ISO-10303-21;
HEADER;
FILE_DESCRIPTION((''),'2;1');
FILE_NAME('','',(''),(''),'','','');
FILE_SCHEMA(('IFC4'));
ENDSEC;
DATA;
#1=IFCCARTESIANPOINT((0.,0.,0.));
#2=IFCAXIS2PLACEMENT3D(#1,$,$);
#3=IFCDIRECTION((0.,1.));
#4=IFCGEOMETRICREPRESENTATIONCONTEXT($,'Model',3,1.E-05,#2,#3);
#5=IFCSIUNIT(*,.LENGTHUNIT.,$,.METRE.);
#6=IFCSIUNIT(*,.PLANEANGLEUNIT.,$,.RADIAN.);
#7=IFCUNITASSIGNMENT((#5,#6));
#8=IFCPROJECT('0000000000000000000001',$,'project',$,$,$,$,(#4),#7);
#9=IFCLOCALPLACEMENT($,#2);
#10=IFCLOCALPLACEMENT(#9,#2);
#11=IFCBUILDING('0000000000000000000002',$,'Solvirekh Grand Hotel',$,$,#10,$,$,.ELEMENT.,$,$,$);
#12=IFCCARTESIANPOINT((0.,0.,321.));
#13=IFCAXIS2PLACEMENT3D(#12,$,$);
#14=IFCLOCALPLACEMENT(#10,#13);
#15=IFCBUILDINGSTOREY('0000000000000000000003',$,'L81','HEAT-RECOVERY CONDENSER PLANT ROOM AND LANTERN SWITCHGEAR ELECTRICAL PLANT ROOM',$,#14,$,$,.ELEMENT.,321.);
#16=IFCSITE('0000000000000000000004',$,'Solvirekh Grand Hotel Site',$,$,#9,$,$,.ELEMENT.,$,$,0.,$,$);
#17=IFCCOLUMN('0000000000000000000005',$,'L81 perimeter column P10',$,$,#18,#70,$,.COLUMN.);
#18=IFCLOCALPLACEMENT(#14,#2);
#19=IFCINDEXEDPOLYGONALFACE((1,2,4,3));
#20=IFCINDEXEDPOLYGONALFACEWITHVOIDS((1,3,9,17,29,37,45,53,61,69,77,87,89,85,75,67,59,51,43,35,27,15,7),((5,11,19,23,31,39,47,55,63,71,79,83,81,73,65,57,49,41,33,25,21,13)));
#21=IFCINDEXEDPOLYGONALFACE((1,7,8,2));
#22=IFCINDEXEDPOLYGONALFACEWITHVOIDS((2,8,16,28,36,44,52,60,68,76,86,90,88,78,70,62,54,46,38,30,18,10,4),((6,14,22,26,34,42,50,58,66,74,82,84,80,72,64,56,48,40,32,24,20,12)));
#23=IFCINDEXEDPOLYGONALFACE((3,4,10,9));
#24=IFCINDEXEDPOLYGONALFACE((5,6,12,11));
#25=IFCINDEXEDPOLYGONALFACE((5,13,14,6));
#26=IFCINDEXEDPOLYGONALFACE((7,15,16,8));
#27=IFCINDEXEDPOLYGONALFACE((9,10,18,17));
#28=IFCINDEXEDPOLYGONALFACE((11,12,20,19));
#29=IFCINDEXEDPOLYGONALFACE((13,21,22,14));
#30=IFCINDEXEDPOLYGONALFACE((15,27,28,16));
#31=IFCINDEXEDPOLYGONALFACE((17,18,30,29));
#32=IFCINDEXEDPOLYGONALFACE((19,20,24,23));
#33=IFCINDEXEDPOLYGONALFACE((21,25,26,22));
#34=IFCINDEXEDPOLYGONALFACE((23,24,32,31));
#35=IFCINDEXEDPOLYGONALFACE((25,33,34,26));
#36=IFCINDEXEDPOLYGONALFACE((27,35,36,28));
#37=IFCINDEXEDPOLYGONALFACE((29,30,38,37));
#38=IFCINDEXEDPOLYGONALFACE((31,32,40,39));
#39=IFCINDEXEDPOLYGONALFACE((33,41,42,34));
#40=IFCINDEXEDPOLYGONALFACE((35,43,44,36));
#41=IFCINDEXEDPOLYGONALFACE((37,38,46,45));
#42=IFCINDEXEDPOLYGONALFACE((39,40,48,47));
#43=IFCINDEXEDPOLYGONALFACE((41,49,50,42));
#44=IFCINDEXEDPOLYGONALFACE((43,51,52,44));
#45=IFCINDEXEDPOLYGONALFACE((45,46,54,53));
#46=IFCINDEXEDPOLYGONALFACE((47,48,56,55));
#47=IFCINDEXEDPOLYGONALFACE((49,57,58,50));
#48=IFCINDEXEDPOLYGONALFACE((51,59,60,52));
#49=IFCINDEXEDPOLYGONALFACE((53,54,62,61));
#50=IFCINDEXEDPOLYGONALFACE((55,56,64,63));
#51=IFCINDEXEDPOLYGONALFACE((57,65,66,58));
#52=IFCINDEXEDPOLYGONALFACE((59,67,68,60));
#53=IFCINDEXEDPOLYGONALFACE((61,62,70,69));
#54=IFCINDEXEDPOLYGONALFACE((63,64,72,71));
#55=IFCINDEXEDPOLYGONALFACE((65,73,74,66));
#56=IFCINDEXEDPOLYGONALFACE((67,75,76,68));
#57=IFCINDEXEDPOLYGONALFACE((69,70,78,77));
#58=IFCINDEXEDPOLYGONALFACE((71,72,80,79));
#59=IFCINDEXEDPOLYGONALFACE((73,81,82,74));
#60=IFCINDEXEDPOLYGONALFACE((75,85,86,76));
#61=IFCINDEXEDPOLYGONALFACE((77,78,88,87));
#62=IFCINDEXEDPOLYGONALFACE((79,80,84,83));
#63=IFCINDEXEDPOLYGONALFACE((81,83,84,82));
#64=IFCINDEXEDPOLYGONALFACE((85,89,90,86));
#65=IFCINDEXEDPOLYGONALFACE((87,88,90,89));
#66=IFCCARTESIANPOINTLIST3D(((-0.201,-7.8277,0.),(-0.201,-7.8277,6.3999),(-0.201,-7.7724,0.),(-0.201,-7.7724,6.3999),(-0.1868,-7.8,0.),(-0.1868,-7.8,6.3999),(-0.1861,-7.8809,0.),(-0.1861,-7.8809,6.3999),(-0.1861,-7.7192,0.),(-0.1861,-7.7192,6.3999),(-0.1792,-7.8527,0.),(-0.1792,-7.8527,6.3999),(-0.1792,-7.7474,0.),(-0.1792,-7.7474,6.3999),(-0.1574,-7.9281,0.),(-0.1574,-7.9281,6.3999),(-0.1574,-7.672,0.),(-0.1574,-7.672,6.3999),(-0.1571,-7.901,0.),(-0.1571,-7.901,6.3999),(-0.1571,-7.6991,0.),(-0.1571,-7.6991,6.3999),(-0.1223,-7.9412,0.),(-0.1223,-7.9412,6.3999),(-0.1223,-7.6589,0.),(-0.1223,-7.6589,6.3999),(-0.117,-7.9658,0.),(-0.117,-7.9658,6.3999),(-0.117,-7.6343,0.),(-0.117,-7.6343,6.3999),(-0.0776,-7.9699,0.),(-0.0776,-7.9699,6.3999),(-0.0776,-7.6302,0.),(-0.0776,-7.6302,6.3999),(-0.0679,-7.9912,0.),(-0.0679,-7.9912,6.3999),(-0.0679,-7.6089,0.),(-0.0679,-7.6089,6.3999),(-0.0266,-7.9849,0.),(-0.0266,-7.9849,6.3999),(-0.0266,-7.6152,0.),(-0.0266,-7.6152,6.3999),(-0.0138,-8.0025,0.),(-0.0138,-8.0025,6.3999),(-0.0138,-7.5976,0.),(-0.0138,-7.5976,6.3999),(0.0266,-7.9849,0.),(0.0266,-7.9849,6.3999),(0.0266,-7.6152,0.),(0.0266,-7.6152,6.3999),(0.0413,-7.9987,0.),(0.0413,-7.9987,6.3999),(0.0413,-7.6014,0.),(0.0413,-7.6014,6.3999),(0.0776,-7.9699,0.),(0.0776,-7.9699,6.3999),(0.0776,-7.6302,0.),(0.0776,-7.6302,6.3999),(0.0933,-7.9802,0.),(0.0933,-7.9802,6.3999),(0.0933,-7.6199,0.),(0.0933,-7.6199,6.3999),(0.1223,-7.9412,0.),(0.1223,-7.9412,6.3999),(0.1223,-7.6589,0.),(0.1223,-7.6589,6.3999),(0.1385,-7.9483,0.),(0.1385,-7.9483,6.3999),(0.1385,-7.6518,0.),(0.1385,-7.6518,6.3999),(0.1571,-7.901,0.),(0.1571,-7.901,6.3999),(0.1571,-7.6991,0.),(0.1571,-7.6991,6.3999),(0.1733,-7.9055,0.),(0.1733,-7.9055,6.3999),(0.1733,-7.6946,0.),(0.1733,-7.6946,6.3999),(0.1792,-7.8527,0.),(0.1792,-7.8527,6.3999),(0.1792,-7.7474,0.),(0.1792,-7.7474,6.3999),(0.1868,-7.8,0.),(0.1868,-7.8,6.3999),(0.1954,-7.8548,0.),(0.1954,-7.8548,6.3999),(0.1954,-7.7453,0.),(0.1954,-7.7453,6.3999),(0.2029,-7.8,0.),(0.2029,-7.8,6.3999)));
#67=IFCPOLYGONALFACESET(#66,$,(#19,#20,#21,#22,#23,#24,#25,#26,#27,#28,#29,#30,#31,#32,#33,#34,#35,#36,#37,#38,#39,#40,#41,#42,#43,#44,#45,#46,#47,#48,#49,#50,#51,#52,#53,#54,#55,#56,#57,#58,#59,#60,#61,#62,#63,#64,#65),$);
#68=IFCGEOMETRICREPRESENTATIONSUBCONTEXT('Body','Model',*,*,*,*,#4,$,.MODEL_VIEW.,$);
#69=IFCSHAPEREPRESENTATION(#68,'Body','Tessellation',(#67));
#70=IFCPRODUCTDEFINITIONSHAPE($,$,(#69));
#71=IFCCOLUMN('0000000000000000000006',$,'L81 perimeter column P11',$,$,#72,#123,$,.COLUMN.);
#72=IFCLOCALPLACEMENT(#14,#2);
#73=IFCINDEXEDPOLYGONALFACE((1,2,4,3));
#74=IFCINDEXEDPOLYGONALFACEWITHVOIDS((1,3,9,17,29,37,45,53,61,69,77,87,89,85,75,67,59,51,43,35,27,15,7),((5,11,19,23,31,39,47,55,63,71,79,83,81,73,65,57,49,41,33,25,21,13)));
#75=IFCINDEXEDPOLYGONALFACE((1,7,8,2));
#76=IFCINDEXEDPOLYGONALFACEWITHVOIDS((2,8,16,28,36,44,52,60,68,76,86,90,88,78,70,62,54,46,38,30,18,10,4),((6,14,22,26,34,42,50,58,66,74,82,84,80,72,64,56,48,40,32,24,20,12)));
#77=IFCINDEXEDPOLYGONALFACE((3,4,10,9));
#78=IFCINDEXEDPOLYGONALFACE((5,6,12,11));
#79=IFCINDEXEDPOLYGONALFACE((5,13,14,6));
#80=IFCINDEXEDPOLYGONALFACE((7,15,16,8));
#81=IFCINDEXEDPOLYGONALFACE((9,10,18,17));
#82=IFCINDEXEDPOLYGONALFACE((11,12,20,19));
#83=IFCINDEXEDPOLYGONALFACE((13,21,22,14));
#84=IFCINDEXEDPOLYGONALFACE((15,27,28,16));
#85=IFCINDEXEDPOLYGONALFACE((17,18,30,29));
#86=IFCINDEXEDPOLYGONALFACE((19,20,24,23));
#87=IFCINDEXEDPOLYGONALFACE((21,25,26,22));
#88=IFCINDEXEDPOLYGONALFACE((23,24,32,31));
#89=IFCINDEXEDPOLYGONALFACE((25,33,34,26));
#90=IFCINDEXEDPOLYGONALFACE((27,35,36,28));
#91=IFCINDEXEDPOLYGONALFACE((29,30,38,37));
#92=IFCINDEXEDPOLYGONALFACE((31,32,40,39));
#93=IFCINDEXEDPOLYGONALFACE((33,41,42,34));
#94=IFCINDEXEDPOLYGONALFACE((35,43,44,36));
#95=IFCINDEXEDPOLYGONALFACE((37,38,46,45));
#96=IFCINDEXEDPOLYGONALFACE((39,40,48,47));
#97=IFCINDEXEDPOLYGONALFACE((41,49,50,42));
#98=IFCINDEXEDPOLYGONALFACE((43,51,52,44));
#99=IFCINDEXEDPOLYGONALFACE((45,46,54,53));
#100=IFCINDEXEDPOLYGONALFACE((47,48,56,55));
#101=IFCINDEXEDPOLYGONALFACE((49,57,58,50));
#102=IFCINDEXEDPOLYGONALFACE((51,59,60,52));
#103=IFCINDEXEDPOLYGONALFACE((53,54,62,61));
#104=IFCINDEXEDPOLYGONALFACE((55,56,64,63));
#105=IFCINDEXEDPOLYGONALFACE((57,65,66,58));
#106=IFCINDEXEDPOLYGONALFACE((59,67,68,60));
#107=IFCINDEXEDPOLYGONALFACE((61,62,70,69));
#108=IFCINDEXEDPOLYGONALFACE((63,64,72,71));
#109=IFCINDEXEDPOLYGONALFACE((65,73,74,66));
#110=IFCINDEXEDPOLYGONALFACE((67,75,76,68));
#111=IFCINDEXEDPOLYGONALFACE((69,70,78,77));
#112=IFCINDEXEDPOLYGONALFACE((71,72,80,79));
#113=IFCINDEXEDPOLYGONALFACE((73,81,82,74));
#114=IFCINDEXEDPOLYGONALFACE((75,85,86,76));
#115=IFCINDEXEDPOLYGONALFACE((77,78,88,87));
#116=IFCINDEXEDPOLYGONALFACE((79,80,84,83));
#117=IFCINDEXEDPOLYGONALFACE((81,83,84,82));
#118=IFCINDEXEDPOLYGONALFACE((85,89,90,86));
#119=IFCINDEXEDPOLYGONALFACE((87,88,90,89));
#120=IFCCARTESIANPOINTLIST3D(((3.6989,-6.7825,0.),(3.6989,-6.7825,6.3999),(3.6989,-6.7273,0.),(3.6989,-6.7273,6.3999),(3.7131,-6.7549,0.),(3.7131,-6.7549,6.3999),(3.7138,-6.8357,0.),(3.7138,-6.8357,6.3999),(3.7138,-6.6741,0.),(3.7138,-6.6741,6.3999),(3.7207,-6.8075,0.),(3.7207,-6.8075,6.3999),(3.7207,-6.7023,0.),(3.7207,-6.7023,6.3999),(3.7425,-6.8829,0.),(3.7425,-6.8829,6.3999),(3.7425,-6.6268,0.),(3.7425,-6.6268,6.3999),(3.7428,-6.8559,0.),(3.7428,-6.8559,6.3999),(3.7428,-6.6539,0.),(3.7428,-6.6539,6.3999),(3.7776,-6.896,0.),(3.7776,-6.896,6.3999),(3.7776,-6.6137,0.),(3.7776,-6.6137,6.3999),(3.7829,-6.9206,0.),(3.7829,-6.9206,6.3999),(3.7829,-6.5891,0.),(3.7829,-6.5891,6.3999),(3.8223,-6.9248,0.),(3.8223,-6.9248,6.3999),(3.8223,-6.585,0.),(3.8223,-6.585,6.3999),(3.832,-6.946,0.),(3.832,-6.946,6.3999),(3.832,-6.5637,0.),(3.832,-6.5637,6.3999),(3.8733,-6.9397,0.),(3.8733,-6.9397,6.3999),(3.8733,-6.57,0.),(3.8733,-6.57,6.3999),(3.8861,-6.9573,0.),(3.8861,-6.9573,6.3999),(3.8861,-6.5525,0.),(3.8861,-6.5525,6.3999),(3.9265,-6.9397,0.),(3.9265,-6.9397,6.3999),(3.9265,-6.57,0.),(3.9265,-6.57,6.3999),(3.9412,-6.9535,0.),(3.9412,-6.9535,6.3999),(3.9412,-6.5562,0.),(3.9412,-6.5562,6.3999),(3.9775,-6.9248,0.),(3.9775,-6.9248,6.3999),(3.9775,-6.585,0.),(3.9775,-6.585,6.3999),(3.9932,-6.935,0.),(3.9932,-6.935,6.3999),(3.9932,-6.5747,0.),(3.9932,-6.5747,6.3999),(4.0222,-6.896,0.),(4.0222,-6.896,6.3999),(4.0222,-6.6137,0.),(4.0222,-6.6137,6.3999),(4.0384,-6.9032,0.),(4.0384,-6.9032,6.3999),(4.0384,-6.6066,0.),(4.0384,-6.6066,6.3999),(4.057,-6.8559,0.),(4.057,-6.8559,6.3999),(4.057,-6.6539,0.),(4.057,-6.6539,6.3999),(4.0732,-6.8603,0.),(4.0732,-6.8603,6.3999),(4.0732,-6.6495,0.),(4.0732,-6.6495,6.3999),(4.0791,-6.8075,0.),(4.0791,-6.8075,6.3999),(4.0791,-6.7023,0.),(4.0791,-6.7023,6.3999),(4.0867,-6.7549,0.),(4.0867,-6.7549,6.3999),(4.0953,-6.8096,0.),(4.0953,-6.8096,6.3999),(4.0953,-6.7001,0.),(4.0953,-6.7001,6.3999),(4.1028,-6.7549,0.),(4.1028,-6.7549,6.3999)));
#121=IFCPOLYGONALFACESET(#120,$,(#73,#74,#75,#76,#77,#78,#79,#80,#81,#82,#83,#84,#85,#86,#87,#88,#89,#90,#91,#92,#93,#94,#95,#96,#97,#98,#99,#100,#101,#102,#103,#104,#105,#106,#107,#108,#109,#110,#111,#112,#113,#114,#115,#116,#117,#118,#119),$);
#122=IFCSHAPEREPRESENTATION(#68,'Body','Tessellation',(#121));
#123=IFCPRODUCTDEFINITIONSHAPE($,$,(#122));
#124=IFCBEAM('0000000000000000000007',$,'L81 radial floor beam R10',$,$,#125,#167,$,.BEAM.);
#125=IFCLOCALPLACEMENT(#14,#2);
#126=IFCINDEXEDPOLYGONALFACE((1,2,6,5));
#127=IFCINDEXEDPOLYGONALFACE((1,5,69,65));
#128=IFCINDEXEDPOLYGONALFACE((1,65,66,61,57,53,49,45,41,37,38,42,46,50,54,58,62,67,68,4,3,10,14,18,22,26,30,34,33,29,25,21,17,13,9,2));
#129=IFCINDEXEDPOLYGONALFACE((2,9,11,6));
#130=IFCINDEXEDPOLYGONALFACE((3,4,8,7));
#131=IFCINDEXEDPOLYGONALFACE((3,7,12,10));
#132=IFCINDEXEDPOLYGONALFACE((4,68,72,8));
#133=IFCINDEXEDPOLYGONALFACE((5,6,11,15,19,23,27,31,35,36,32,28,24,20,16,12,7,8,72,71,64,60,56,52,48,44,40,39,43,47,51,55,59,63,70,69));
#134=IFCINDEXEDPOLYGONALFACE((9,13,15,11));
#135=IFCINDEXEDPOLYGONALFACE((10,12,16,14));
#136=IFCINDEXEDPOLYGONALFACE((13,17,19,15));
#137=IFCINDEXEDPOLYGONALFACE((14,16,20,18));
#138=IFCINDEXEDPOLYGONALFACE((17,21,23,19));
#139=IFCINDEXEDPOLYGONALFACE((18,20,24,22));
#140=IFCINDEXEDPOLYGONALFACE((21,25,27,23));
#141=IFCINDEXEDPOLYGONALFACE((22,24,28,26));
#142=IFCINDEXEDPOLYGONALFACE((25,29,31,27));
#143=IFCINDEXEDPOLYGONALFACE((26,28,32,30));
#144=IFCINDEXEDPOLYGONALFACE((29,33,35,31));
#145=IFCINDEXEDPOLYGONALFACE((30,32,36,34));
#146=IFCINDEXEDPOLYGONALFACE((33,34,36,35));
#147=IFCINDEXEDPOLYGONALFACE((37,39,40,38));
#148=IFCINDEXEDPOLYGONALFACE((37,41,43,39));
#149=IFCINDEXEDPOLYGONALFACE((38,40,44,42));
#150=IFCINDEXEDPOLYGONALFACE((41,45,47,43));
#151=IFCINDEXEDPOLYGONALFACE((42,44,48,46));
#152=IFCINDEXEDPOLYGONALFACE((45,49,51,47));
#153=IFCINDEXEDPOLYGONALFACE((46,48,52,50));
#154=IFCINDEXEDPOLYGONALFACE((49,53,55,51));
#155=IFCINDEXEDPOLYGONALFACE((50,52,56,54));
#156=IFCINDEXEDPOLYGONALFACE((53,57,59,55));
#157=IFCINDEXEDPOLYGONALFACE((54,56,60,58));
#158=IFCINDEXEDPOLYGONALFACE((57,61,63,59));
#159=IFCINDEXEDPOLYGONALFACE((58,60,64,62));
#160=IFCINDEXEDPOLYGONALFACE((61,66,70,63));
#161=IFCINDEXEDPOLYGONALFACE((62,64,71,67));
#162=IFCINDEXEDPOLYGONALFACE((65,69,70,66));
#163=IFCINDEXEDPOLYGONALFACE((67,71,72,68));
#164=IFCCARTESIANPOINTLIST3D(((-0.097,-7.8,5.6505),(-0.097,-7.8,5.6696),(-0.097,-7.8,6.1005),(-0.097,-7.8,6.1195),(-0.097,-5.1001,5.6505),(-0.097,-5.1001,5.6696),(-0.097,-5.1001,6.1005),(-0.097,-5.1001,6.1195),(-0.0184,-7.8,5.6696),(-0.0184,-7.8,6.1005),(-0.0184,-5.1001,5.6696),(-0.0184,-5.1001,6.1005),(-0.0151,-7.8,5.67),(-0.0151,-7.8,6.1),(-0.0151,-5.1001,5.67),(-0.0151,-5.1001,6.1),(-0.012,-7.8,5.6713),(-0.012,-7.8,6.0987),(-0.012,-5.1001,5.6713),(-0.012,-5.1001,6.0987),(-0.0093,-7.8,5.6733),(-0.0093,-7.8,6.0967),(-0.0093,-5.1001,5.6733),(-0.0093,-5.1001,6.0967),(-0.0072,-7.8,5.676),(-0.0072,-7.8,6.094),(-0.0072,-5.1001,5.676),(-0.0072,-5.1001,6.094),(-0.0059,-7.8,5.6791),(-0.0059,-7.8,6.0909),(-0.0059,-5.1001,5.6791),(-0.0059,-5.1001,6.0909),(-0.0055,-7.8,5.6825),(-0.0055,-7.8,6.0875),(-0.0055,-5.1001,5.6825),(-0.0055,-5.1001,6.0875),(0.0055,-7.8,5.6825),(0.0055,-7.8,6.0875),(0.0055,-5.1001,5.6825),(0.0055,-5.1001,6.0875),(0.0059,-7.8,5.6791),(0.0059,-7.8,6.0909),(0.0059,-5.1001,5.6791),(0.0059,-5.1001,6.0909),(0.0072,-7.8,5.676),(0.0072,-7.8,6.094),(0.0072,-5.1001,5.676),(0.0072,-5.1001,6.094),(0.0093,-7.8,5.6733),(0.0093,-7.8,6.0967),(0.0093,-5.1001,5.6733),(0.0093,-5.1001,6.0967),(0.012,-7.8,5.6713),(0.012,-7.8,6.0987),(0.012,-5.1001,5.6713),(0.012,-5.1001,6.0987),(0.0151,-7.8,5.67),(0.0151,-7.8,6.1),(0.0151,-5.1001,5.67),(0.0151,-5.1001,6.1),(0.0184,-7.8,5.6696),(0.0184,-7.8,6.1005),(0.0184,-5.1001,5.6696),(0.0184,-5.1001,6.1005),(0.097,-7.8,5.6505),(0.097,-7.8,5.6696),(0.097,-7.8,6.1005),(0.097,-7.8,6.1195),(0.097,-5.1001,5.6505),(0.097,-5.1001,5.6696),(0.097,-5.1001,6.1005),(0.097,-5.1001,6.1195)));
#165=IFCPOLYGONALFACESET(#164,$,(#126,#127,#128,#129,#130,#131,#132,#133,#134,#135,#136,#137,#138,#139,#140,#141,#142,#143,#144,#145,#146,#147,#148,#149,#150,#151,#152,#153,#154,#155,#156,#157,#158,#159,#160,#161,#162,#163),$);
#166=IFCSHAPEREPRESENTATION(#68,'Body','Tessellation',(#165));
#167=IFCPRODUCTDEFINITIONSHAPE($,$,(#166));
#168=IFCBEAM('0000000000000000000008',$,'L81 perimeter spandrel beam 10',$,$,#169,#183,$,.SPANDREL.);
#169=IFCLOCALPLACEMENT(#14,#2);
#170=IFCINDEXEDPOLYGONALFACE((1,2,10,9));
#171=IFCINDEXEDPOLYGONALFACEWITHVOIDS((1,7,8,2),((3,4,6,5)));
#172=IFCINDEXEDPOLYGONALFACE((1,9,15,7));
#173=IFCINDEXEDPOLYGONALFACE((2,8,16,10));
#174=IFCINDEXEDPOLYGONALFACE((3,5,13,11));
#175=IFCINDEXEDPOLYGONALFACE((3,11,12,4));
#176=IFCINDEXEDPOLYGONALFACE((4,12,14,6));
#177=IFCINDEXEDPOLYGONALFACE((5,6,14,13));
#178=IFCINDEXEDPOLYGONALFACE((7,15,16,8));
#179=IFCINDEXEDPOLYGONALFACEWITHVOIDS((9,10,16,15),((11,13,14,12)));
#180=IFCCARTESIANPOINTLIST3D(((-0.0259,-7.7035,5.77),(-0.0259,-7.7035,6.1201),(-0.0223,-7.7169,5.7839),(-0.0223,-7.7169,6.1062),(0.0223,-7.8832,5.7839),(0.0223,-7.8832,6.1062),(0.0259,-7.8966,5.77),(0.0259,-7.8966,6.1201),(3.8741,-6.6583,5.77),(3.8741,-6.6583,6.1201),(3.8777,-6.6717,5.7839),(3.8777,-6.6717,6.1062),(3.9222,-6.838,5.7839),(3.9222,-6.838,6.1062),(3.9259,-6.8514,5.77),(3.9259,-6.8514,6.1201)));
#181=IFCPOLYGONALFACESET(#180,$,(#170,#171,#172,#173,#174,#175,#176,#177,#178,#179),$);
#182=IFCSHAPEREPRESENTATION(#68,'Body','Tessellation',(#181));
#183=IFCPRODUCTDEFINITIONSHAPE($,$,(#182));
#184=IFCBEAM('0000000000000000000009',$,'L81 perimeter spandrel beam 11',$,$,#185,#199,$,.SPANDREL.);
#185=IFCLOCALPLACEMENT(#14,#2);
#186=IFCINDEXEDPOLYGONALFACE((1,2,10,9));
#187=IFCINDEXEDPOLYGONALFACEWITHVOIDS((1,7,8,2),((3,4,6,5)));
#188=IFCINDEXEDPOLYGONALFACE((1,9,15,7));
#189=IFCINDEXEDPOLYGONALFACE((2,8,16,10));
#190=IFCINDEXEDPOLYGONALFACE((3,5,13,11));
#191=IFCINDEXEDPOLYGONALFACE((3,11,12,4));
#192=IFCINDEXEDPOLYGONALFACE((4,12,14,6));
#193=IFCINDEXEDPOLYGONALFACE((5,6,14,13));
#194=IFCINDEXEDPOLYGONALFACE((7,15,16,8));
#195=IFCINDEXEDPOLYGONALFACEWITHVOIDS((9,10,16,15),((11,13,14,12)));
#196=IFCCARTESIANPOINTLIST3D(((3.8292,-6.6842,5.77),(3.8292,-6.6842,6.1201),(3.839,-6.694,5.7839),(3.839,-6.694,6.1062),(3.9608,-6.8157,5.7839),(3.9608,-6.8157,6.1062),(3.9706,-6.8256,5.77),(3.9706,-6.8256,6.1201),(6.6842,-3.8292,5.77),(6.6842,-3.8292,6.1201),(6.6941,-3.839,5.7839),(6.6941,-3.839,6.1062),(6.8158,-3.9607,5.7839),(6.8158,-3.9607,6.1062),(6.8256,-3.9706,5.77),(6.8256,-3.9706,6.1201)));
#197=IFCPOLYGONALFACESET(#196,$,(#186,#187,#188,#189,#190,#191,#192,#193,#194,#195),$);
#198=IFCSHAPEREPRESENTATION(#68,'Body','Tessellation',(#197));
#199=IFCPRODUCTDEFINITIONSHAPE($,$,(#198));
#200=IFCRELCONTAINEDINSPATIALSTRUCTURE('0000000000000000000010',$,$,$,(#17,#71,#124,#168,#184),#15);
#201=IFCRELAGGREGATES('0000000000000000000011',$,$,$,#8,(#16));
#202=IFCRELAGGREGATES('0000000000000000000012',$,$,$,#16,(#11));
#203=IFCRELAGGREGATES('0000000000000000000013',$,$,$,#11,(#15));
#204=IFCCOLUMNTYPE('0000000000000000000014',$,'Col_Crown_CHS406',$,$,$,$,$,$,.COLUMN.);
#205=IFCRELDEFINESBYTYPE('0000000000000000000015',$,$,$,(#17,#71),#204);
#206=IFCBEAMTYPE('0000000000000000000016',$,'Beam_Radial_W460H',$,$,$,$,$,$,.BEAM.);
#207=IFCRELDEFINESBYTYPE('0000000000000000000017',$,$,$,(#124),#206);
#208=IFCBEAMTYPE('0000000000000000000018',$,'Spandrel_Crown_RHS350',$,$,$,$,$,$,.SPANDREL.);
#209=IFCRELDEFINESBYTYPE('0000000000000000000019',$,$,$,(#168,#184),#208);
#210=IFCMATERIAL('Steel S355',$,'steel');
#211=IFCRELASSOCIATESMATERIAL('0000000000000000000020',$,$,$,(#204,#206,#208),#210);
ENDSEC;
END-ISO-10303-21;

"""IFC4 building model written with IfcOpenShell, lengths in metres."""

from ifc_helpers import new_model, si_unit, direction, frame, origin, origin_2d, place, context, subcontext, project, spatial, hollow_rectangle, hollow_circle, i_section, extrude, material, material_profile, profile_set, type_object, element, save


model = new_model("IFC4")

# Units and contexts
model_context = context("Model", 3, precision=1e-05, world=origin(), true_north=direction((0.0, 1.0)))
body_context = subcontext(model_context, "Body", "Model", "MODEL_VIEW")
ifc_project = project(units=[si_unit("LENGTHUNIT", "METRE"), si_unit("PLANEANGLEUNIT", "RADIAN")], contexts=[model_context])

# Site, building, storey
site_placement = place(None, origin())
site = spatial("IfcSite", under=ifc_project, at=site_placement, Name="Solvirekh Grand Hotel Site", CompositionType="ELEMENT", RefElevation=0.0)
building_placement = place(site_placement, origin())
building = spatial("IfcBuilding", under=site, at=building_placement, Name="Solvirekh Grand Hotel", CompositionType="ELEMENT")
storey_placement = place(building_placement, frame((0.0, 0.0, 321.0)))
storey = spatial("IfcBuildingStorey", under=building, at=storey_placement, Name="L81", Description="HEAT-RECOVERY CONDENSER PLANT ROOM AND LANTERN SWITCHGEAR ELECTRICAL PLANT ROOM", CompositionType="ELEMENT", Elevation=321.0)

# Columns
ifc_material_1 = material(Name="Steel S355", Category="steel")
ifc_material_profile_1 = material_profile(ifc_material_1, hollow_circle(Radius=0.2029, WallThickness=0.0161, at=origin_2d()), Name="CHS 406X16")
ifc_profile_set_1 = profile_set([ifc_material_profile_1], Name="Steel S355")
column_type = type_object("IfcColumnType", Name="Col_Crown_CHS406", PredefinedType="COLUMN", material=ifc_profile_set_1)
for number, where, z_axis, x_axis, name in (
    (1, (0.0, -7.8, 0.0), (0.0, 0.0, 1.0), (1.0, 0.0, 0.0), "L81 perimeter column P10"),
    (2, (3.8999, -6.7549, 0.0), (0.0, 0.0, 1.0), (1.0, 0.0, 0.0), "L81 perimeter column P11"),
):
    element("IfcColumn", number, at=place(storey_placement, frame(where, z_axis=z_axis, x_axis=x_axis)), inside=storey, type_object=column_type, Name=name, PredefinedType="COLUMN", context=body_context, shape_type="SweptSolid", body=[
        extrude(hollow_circle(Radius=0.2029, WallThickness=0.0161, at=origin_2d()), origin(), (0.0, 0.0, 1.0), 6.3999),
    ])

# Beams
ifc_material_profile_2 = material_profile(ifc_material_1, i_section(OverallWidth=0.1941, OverallDepth=0.469, WebThickness=0.011, FlangeThickness=0.019, FilletRadius=0.0129, at=origin_2d()), Name="W460X106")
ifc_profile_set_2 = profile_set([ifc_material_profile_2], Name="Steel S355")
beam_type_1 = type_object("IfcBeamType", Name="Beam_Radial_W460H", PredefinedType="BEAM", material=ifc_profile_set_2)
beam_placement = place(storey_placement, frame((0.0, -5.1001, 5.885), z_axis=(0.0, -1.0, 0.0), x_axis=(1.0, 0.0, 0.0)))
element("IfcBeam", 3, at=beam_placement, inside=storey, type_object=beam_type_1, Name="L81 radial floor beam R10", PredefinedType="BEAM", context=body_context, shape_type="SweptSolid", body=[
    extrude(i_section(OverallWidth=0.1941, OverallDepth=0.469, WebThickness=0.011, FlangeThickness=0.019, FilletRadius=0.0129, at=origin_2d()), origin(), (0.0, 0.0, 1.0), 2.7),
])
ifc_material_profile_3 = material_profile(ifc_material_1, hollow_rectangle(XDim=0.2, YDim=0.3501, WallThickness=0.0139, at=origin_2d()), Name="RHS 350X200X14")
ifc_profile_set_3 = profile_set([ifc_material_profile_3], Name="Steel S355")
beam_type_2 = type_object("IfcBeamType", Name="Spandrel_Crown_RHS350", PredefinedType="SPANDREL", material=ifc_profile_set_3)
for number, where, z_axis, x_axis, name in (
    (4, (0.0, -7.8, 5.9451), (0.965914, 0.258863, 0.0), (-0.258863, 0.965914, 0.0), "L81 perimeter spandrel beam 10"),
    (5, (3.8999, -6.7549, 5.9451), (0.707107, 0.707107, 0.0), (-0.707107, 0.707107, 0.0), "L81 perimeter spandrel beam 11"),
):
    element("IfcBeam", number, at=place(storey_placement, frame(where, z_axis=z_axis, x_axis=x_axis)), inside=storey, type_object=beam_type_2, Name=name, PredefinedType="SPANDREL", context=body_context, shape_type="SweptSolid", body=[
        extrude(hollow_rectangle(XDim=0.2, YDim=0.3501, WallThickness=0.0139, at=origin_2d()), origin(), (0.0, 0.0, 1.0), 4.0376),
    ])

save(model, "model.ifc")
